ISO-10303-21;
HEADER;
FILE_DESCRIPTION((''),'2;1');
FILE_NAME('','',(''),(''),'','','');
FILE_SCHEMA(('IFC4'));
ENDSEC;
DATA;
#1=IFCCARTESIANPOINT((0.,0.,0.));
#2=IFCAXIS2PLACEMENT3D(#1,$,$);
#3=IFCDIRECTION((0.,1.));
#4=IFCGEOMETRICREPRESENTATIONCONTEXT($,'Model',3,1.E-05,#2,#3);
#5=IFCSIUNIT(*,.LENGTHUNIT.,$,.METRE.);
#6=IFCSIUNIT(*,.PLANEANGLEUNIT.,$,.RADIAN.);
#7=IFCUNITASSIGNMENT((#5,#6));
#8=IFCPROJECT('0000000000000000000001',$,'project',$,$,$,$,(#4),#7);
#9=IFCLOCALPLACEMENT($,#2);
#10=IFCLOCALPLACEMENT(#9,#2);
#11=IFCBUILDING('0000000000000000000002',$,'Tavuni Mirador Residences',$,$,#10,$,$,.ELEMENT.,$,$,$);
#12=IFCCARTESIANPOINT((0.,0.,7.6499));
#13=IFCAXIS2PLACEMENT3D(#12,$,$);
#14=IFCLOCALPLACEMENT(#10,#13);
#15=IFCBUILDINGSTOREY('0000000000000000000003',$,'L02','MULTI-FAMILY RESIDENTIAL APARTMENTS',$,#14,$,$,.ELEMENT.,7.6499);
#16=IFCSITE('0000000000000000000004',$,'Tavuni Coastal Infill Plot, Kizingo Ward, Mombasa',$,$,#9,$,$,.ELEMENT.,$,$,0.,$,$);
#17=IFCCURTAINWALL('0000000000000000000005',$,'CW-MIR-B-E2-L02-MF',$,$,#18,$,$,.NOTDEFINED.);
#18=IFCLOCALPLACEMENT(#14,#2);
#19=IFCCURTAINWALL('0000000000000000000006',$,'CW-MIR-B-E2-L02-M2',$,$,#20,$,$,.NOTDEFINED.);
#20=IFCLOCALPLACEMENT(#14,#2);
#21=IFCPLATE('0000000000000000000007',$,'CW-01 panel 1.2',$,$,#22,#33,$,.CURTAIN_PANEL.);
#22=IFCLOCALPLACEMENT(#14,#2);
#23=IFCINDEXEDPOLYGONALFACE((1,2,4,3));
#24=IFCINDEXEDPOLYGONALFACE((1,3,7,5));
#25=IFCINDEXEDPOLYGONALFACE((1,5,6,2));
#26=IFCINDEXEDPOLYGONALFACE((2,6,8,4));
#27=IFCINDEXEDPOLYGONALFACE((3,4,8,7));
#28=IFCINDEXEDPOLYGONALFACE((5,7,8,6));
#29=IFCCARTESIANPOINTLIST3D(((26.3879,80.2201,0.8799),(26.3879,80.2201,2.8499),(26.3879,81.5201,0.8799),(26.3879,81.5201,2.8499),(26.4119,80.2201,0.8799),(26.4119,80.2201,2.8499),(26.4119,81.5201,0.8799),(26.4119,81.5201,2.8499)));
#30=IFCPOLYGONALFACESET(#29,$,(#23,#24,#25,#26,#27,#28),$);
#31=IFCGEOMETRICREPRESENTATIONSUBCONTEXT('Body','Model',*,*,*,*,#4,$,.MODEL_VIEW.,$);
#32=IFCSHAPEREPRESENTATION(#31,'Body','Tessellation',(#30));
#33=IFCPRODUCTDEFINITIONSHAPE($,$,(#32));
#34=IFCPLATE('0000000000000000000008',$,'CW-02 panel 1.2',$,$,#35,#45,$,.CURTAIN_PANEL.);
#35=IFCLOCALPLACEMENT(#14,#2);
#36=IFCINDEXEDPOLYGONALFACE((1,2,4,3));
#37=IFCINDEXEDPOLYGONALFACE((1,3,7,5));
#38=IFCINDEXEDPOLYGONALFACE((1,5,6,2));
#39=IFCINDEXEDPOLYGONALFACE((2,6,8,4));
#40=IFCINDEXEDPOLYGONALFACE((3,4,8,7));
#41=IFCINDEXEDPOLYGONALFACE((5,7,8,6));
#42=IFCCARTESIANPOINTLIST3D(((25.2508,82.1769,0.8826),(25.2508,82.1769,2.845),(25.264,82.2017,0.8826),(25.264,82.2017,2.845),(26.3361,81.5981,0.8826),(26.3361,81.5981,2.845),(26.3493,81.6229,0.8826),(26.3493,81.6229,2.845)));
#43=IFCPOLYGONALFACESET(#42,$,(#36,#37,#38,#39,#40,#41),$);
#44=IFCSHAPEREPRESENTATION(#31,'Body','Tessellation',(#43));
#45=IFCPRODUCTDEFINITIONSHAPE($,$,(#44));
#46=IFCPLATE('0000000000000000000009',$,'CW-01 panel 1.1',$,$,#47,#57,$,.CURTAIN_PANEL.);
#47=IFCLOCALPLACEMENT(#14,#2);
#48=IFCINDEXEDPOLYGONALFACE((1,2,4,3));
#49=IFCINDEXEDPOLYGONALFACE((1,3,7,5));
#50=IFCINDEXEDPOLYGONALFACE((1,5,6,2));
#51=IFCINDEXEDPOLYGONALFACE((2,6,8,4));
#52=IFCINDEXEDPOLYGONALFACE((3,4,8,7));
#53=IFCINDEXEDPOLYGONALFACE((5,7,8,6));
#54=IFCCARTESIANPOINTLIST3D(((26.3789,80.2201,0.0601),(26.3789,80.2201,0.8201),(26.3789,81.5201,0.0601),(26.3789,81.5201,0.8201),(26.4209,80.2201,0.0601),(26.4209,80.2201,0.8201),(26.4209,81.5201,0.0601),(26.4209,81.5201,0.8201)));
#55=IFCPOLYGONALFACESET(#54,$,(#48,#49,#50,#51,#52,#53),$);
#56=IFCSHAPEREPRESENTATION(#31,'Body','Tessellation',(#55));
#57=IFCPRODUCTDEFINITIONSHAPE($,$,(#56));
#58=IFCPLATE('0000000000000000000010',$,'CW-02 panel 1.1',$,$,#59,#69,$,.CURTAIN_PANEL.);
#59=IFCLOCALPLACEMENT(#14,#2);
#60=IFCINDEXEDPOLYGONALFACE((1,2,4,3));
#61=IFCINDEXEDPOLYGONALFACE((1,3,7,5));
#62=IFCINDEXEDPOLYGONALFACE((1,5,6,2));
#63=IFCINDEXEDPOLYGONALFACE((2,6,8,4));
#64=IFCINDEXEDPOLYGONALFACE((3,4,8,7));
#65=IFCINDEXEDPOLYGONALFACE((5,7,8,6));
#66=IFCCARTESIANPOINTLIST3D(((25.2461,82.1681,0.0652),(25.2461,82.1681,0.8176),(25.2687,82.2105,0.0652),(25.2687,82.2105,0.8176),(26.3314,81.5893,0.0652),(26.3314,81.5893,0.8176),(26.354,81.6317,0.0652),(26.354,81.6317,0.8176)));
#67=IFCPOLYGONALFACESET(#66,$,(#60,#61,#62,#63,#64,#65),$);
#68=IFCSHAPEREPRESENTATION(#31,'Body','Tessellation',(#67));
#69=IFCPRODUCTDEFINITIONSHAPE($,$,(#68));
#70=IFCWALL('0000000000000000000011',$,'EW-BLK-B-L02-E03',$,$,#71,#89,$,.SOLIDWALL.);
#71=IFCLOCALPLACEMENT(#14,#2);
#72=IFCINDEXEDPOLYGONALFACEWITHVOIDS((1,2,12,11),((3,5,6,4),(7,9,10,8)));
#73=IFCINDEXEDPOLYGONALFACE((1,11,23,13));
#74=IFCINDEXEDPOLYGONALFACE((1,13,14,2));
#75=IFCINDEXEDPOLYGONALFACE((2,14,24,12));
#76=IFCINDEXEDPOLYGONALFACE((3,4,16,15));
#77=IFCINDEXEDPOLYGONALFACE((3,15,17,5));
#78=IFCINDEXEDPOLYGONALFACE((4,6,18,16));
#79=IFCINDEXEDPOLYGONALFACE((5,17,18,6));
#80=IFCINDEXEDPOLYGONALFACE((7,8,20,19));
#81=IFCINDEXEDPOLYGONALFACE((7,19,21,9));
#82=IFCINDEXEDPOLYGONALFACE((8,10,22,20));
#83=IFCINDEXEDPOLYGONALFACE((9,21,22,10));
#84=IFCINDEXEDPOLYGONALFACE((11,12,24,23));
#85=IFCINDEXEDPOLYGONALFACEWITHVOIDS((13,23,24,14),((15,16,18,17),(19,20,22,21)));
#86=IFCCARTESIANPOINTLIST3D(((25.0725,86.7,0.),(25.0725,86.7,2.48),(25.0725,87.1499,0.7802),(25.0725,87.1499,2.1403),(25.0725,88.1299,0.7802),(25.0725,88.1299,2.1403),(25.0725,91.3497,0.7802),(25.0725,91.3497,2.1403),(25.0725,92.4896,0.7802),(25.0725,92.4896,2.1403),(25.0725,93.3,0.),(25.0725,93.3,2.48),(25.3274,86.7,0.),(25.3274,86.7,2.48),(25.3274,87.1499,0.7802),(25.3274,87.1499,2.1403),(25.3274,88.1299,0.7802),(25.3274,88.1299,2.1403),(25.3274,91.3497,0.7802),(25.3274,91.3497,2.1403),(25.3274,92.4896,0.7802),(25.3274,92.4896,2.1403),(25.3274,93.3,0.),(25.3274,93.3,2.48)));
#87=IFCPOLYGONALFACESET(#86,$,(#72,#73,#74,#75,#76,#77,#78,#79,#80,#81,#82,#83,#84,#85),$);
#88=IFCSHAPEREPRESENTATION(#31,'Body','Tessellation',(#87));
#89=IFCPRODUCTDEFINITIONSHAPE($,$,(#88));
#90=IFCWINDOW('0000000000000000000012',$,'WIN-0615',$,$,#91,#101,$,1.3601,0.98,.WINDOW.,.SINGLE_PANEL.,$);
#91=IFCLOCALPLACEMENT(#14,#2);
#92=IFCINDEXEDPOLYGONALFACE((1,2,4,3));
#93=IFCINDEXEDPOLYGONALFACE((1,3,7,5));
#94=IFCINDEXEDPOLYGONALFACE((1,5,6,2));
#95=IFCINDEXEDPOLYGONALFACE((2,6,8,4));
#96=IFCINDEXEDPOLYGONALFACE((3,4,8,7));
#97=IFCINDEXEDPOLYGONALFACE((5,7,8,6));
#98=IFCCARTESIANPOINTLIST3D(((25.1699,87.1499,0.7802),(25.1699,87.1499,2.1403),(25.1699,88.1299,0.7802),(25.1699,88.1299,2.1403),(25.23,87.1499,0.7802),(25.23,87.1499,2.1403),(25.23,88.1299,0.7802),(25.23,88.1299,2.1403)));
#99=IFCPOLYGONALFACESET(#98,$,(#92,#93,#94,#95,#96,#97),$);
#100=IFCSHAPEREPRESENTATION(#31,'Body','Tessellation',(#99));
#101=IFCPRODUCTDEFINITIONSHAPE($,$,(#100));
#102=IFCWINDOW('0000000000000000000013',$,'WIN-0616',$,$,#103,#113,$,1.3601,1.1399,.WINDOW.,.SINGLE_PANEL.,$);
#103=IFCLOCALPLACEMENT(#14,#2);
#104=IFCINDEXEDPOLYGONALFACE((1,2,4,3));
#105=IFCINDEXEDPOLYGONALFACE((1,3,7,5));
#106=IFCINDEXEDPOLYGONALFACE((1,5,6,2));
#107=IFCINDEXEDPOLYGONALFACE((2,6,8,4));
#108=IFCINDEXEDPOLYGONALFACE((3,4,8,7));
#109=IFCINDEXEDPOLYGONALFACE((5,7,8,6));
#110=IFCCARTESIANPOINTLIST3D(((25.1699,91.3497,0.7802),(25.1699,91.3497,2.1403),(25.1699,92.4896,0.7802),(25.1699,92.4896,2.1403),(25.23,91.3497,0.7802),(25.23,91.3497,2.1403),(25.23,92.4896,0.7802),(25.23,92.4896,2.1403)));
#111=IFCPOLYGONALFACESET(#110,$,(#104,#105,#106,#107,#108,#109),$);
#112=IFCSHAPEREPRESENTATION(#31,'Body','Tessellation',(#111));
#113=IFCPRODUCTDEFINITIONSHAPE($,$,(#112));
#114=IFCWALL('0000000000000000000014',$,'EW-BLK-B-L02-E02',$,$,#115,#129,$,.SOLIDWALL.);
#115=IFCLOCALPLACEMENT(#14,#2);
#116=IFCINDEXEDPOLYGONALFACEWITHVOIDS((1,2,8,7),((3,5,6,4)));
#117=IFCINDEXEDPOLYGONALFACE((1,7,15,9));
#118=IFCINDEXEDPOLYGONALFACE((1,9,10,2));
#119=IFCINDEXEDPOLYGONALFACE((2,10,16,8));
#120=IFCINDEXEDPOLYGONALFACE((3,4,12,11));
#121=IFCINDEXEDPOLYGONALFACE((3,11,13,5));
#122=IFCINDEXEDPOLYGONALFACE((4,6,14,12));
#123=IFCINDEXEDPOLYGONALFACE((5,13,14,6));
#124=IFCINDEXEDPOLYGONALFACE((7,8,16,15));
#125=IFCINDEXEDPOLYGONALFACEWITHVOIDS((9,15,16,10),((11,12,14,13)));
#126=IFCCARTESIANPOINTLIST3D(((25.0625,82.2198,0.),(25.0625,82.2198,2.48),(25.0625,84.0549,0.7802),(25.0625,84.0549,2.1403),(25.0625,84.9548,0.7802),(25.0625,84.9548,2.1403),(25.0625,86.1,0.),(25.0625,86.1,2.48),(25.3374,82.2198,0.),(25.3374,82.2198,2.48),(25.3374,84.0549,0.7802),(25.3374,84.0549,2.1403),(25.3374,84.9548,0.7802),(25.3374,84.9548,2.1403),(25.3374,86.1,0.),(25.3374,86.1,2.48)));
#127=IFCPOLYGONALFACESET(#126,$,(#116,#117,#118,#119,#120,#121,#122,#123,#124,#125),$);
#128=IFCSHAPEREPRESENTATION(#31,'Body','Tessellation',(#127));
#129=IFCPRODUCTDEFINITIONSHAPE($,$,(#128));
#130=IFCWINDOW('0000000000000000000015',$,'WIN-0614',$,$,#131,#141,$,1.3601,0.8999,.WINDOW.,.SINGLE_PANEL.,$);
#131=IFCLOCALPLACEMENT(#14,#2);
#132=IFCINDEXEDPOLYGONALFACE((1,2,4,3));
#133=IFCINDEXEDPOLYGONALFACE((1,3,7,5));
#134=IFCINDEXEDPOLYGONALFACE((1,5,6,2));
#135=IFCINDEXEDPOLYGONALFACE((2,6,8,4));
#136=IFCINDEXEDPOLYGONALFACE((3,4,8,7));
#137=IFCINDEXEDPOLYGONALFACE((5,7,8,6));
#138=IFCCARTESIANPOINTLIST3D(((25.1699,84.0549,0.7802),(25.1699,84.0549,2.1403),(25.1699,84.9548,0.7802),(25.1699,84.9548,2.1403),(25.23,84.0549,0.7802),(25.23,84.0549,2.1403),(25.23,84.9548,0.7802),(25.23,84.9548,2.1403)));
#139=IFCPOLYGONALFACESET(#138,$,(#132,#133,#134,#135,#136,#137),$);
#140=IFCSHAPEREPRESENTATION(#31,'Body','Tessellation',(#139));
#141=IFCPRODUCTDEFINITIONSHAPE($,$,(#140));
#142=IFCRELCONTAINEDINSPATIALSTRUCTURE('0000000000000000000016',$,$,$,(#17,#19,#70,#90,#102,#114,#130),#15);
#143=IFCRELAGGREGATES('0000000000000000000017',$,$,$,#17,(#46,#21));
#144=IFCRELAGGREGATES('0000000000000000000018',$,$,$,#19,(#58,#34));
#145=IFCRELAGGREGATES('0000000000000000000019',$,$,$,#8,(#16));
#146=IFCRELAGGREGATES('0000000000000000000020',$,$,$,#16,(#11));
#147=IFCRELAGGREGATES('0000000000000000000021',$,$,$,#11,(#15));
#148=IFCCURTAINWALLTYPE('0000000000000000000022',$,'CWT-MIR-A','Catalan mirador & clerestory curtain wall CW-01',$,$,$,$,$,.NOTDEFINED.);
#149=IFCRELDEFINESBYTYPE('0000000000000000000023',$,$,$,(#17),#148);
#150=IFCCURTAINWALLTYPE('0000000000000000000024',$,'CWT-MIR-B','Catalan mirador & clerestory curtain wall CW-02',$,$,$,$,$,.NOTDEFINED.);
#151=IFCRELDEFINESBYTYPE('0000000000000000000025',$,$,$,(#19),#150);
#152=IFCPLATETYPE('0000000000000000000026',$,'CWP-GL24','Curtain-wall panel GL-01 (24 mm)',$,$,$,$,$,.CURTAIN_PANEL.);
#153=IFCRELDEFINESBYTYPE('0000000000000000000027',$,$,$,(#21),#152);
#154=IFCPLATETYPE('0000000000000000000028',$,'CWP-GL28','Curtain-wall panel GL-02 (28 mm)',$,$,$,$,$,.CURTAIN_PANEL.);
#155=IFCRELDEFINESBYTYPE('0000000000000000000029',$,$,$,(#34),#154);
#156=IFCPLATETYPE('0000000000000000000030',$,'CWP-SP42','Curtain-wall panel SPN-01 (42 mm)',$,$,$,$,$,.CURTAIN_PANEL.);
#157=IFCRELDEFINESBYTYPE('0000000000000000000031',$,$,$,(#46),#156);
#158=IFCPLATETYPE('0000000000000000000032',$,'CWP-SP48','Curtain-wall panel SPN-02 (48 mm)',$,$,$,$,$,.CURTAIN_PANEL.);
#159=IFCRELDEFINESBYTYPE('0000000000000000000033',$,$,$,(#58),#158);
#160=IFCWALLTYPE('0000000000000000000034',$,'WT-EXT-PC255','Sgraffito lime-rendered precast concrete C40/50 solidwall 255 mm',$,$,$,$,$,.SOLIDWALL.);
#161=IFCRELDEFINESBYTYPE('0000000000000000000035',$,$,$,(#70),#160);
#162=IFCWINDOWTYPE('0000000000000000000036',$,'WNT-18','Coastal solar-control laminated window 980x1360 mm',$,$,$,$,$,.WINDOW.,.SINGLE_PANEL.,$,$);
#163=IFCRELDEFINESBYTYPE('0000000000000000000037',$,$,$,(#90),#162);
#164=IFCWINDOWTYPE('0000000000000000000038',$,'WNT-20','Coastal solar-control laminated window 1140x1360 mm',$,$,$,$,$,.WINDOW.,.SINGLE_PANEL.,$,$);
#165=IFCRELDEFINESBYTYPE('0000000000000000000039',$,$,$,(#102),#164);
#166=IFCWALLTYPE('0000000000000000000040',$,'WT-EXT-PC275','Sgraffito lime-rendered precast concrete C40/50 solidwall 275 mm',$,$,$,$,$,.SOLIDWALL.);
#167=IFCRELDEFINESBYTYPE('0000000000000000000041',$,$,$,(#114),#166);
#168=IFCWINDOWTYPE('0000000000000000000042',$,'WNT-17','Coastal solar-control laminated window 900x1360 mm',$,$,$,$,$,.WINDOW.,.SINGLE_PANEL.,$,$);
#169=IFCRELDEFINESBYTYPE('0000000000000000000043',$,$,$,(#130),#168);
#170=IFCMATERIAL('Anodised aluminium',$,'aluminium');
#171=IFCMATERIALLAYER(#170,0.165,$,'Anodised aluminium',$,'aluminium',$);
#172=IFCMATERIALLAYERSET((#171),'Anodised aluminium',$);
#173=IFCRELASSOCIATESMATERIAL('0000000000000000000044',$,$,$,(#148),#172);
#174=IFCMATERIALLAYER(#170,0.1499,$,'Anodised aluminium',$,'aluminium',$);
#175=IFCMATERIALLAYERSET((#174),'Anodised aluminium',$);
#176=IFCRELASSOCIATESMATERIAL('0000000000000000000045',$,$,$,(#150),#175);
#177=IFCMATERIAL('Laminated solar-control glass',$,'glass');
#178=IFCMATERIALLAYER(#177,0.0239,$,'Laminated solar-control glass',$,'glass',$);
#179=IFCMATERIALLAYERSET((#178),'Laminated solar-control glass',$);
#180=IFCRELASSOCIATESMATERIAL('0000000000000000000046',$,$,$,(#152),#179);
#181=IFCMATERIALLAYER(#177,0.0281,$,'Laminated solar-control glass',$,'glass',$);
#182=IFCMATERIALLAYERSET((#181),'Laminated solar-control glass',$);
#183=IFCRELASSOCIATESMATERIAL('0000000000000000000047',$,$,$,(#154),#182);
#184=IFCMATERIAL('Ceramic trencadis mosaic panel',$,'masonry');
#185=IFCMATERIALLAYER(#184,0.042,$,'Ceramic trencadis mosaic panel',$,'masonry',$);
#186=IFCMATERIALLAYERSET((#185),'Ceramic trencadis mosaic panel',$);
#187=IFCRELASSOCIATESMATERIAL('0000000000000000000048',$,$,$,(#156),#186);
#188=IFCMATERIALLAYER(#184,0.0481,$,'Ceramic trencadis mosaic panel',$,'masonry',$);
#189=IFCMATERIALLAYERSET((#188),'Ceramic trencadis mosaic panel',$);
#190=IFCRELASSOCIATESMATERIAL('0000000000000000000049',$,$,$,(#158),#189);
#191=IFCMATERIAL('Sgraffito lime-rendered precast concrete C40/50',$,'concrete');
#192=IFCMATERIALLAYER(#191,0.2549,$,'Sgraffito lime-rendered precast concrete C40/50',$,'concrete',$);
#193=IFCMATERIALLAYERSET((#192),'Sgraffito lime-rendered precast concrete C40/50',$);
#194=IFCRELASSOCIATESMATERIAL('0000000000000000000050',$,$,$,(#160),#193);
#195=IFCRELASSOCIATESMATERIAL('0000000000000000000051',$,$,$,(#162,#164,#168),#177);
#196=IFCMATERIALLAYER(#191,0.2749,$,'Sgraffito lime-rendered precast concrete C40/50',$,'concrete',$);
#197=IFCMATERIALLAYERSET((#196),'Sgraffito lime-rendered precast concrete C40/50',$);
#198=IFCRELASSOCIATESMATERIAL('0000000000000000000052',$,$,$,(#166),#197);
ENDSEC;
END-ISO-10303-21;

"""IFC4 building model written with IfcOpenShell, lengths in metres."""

from ifc_helpers import new_model, si_unit, direction, frame, frame_2d, origin, origin_2d, place, context, subcontext, project, spatial, rectangle, extrude, material, layer, layer_set, type_object, element, fill, aggregate, save


model = new_model("IFC4")

# Units and contexts
model_context = context("Model", 3, precision=1e-05, world=origin(), true_north=direction((0.0, 1.0)))
body_context = subcontext(model_context, "Body", "Model", "MODEL_VIEW")
ifc_project = project(units=[si_unit("LENGTHUNIT", "METRE"), si_unit("PLANEANGLEUNIT", "RADIAN")], contexts=[model_context])

# Site, building, storey
site_placement = place(None, origin())
site = spatial("IfcSite", under=ifc_project, at=site_placement, Name="Tavuni Coastal Infill Plot, Kizingo Ward, Mombasa", CompositionType="ELEMENT", RefElevation=0.0)
building_placement = place(site_placement, origin())
building = spatial("IfcBuilding", under=site, at=building_placement, Name="Tavuni Mirador Residences", CompositionType="ELEMENT")
storey_placement = place(building_placement, frame((0.0, 0.0, 7.6499)))
storey = spatial("IfcBuildingStorey", under=building, at=storey_placement, Name="L02", Description="MULTI-FAMILY RESIDENTIAL APARTMENTS", CompositionType="ELEMENT", Elevation=7.6499)

# Curtain wall
ifc_material_1 = material(Name="Anodised aluminium", Category="aluminium")
ifc_layer_1 = layer(ifc_material_1, 0.165, Name="Anodised aluminium", Category="aluminium")
ifc_layer_set_1 = layer_set([ifc_layer_1], Name="Anodised aluminium")
curtain_wall_type_1 = type_object("IfcCurtainWallType", Name="CWT-MIR-A", Description="Catalan mirador & clerestory curtain wall CW-01", PredefinedType="NOTDEFINED", material=ifc_layer_set_1)
curtain_wall_1_placement = place(storey_placement, origin())
curtain_wall_1 = element("IfcCurtainWall", 1, at=curtain_wall_1_placement, inside=storey, type_object=curtain_wall_type_1, Name="CW-MIR-B-E2-L02-MF", PredefinedType="NOTDEFINED")

# Curtain wall
ifc_layer_2 = layer(ifc_material_1, 0.1499, Name="Anodised aluminium", Category="aluminium")
ifc_layer_set_2 = layer_set([ifc_layer_2], Name="Anodised aluminium")
curtain_wall_type_2 = type_object("IfcCurtainWallType", Name="CWT-MIR-B", Description="Catalan mirador & clerestory curtain wall CW-02", PredefinedType="NOTDEFINED", material=ifc_layer_set_2)
curtain_wall_2_placement = place(storey_placement, origin())
curtain_wall_2 = element("IfcCurtainWall", 2, at=curtain_wall_2_placement, inside=storey, type_object=curtain_wall_type_2, Name="CW-MIR-B-E2-L02-M2", PredefinedType="NOTDEFINED")

# Plates
ifc_material_2 = material(Name="Laminated solar-control glass", Category="glass")
ifc_layer_3 = layer(ifc_material_2, 0.0239, Name="Laminated solar-control glass", Category="glass")
ifc_layer_set_3 = layer_set([ifc_layer_3], Name="Laminated solar-control glass")
plate_type_1 = type_object("IfcPlateType", Name="CWP-GL24", Description="Curtain-wall panel GL-01 (24 mm)", PredefinedType="CURTAIN_PANEL", material=ifc_layer_set_3)
plate_1_placement = place(storey_placement, frame((26.3999, 80.8701, 0.8799), z_axis=(0.0, 0.0, 1.0), x_axis=(0.0, 1.0, 0.0)))
plate_1 = element("IfcPlate", 3, at=plate_1_placement, type_object=plate_type_1, Name="CW-01 panel 1.2", PredefinedType="CURTAIN_PANEL", context=body_context, shape_type="SweptSolid", body=[
    extrude(rectangle(XDim=1.3, YDim=0.0239, at=origin_2d()), origin(), (0.0, 0.0, 1.0), 1.97),
])
ifc_layer_4 = layer(ifc_material_2, 0.0281, Name="Laminated solar-control glass", Category="glass")
ifc_layer_set_4 = layer_set([ifc_layer_4], Name="Laminated solar-control glass")
plate_type_2 = type_object("IfcPlateType", Name="CWP-GL28", Description="Curtain-wall panel GL-02 (28 mm)", PredefinedType="CURTAIN_PANEL", material=ifc_layer_set_4)
plate_2_placement = place(storey_placement, frame((25.8, 81.8999, 0.8826), z_axis=(0.0, 0.0, 1.0), x_axis=(-0.882353, 0.470588, 0.0)))
plate_2 = element("IfcPlate", 4, at=plate_2_placement, type_object=plate_type_2, Name="CW-02 panel 1.2", PredefinedType="CURTAIN_PANEL", context=body_context, shape_type="SweptSolid", body=[
    extrude(rectangle(XDim=1.23, YDim=0.0281, at=origin_2d()), origin(), (0.0, 0.0, 1.0), 1.9624),
])
ifc_material_3 = material(Name="Ceramic trencadis mosaic panel", Category="masonry")
ifc_layer_5 = layer(ifc_material_3, 0.042, Name="Ceramic trencadis mosaic panel", Category="masonry")
ifc_layer_set_5 = layer_set([ifc_layer_5], Name="Ceramic trencadis mosaic panel")
plate_type_3 = type_object("IfcPlateType", Name="CWP-SP42", Description="Curtain-wall panel SPN-01 (42 mm)", PredefinedType="CURTAIN_PANEL", material=ifc_layer_set_5)
plate_3_placement = place(storey_placement, frame((26.3999, 80.8701, 0.0601), z_axis=(0.0, 0.0, 1.0), x_axis=(0.0, 1.0, 0.0)))
plate_3 = element("IfcPlate", 5, at=plate_3_placement, type_object=plate_type_3, Name="CW-01 panel 1.1", PredefinedType="CURTAIN_PANEL", context=body_context, shape_type="SweptSolid", body=[
    extrude(rectangle(XDim=1.3, YDim=0.042, at=origin_2d()), origin(), (0.0, 0.0, 1.0), 0.76),
])
aggregate(curtain_wall_1, [plate_3, plate_1])
ifc_layer_6 = layer(ifc_material_3, 0.0481, Name="Ceramic trencadis mosaic panel", Category="masonry")
ifc_layer_set_6 = layer_set([ifc_layer_6], Name="Ceramic trencadis mosaic panel")
plate_type_4 = type_object("IfcPlateType", Name="CWP-SP48", Description="Curtain-wall panel SPN-02 (48 mm)", PredefinedType="CURTAIN_PANEL", material=ifc_layer_set_6)
plate_4_placement = place(storey_placement, frame((25.8, 81.8999, 0.0652), z_axis=(0.0, 0.0, 1.0), x_axis=(-0.882353, 0.470588, 0.0)))
plate_4 = element("IfcPlate", 6, at=plate_4_placement, type_object=plate_type_4, Name="CW-02 panel 1.1", PredefinedType="CURTAIN_PANEL", context=body_context, shape_type="SweptSolid", body=[
    extrude(rectangle(XDim=1.23, YDim=0.0481, at=origin_2d()), origin(), (0.0, 0.0, 1.0), 0.7524),
])
aggregate(curtain_wall_2, [plate_4, plate_2])

# Wall, openings, windows
ifc_material_4 = material(Name="Sgraffito lime-rendered precast concrete C40/50", Category="concrete")
ifc_layer_7 = layer(ifc_material_4, 0.2549, Name="Sgraffito lime-rendered precast concrete C40/50", Category="concrete")
ifc_layer_set_7 = layer_set([ifc_layer_7], Name="Sgraffito lime-rendered precast concrete C40/50")
wall_type_1 = type_object("IfcWallType", Name="WT-EXT-PC255", Description="Sgraffito lime-rendered precast concrete C40/50 solidwall 255 mm", PredefinedType="SOLIDWALL", material=ifc_layer_set_7)
wall_1_placement = place(storey_placement, frame((25.2, 86.7, 0.0), z_axis=(0.0, 0.0, 1.0), x_axis=(0.0, 1.0, 0.0)))
wall_1 = element("IfcWall", 7, at=wall_1_placement, inside=storey, type_object=wall_type_1, Name="EW-BLK-B-L02-E03", PredefinedType="SOLIDWALL", context=body_context, shape_type="SweptSolid", body=[
    extrude(rectangle(XDim=6.6001, YDim=0.2549, at=frame_2d((3.3, 0.0))), origin(), (0.0, 0.0, 1.0), 2.48),
])
opening_1_placement = place(wall_1_placement, frame((0.45, 0.0, 0.78)))
opening_1 = element("IfcOpeningElement", 8, at=opening_1_placement, cuts=wall_1, PredefinedType="OPENING", context=body_context, shape_type="SweptSolid", body=[
    extrude(rectangle(XDim=0.98, YDim=1.3601, at=frame_2d((0.49, 0.6802))), frame((0.0, 0.1375, 0.0), z_axis=(0.0, -1.0, 0.0), x_axis=(1.0, 0.0, 0.0)), (0.0, 0.0, 1.0), 0.2749),
])
opening_2_placement = place(wall_1_placement, frame((4.6499, 0.0, 0.78)))
opening_2 = element("IfcOpeningElement", 9, at=opening_2_placement, cuts=wall_1, PredefinedType="OPENING", context=body_context, shape_type="SweptSolid", body=[
    extrude(rectangle(XDim=1.1399, YDim=1.3601, at=frame_2d((0.5698, 0.6802))), frame((0.0, 0.1375, 0.0), z_axis=(0.0, -1.0, 0.0), x_axis=(1.0, 0.0, 0.0)), (0.0, 0.0, 1.0), 0.2749),
])
window_type_1 = type_object("IfcWindowType", Name="WNT-18", Description="Coastal solar-control laminated window 980x1360 mm", PartitioningType="SINGLE_PANEL", PredefinedType="WINDOW", material=ifc_material_2)
window_1_placement = place(opening_1_placement, origin())
window_1 = element("IfcWindow", 10, at=window_1_placement, inside=storey, type_object=window_type_1, Name="WIN-0615", OverallHeight=1.3601, OverallWidth=0.98, PartitioningType="SINGLE_PANEL", PredefinedType="WINDOW", context=body_context, shape_type="SweptSolid", body=[
    extrude(rectangle(XDim=0.98, YDim=1.3601, at=frame_2d((0.49, 0.6802))), frame((0.0, 0.03, 0.0), z_axis=(0.0, -1.0, 0.0), x_axis=(1.0, 0.0, 0.0)), (0.0, 0.0, 1.0), 0.0601),
])
fill(opening_1, window_1)
window_type_2 = type_object("IfcWindowType", Name="WNT-20", Description="Coastal solar-control laminated window 1140x1360 mm", PartitioningType="SINGLE_PANEL", PredefinedType="WINDOW", material=ifc_material_2)
window_2_placement = place(opening_2_placement, origin())
window_2 = element("IfcWindow", 11, at=window_2_placement, inside=storey, type_object=window_type_2, Name="WIN-0616", OverallHeight=1.3601, OverallWidth=1.1399, PartitioningType="SINGLE_PANEL", PredefinedType="WINDOW", context=body_context, shape_type="SweptSolid", body=[
    extrude(rectangle(XDim=1.1399, YDim=1.3601, at=frame_2d((0.5698, 0.6802))), frame((0.0, 0.03, 0.0), z_axis=(0.0, -1.0, 0.0), x_axis=(1.0, 0.0, 0.0)), (0.0, 0.0, 1.0), 0.0601),
])
fill(opening_2, window_2)

# Wall, opening, window
ifc_layer_8 = layer(ifc_material_4, 0.2749, Name="Sgraffito lime-rendered precast concrete C40/50", Category="concrete")
ifc_layer_set_8 = layer_set([ifc_layer_8], Name="Sgraffito lime-rendered precast concrete C40/50")
wall_type_2 = type_object("IfcWallType", Name="WT-EXT-PC275", Description="Sgraffito lime-rendered precast concrete C40/50 solidwall 275 mm", PredefinedType="SOLIDWALL", material=ifc_layer_set_8)
wall_2_placement = place(storey_placement, frame((25.2, 82.22, 0.0), z_axis=(0.0, 0.0, 1.0), x_axis=(0.0, 1.0, 0.0)))
wall_2 = element("IfcWall", 12, at=wall_2_placement, inside=storey, type_object=wall_type_2, Name="EW-BLK-B-L02-E02", PredefinedType="SOLIDWALL", context=body_context, shape_type="SweptSolid", body=[
    extrude(rectangle(XDim=3.8801, YDim=0.2749, at=frame_2d((1.9399, 0.0))), origin(), (0.0, 0.0, 1.0), 2.48),
])
opening_3_placement = place(wall_2_placement, frame((1.835, 0.0, 0.78)))
opening_3 = element("IfcOpeningElement", 13, at=opening_3_placement, cuts=wall_2, PredefinedType="OPENING", context=body_context, shape_type="SweptSolid", body=[
    extrude(rectangle(XDim=0.8999, YDim=1.3601, at=frame_2d((0.45, 0.6802))), frame((0.0, 0.1475, 0.0), z_axis=(0.0, -1.0, 0.0), x_axis=(1.0, 0.0, 0.0)), (0.0, 0.0, 1.0), 0.2949),
])
window_type_3 = type_object("IfcWindowType", Name="WNT-17", Description="Coastal solar-control laminated window 900x1360 mm", PartitioningType="SINGLE_PANEL", PredefinedType="WINDOW", material=ifc_material_2)
window_3_placement = place(opening_3_placement, origin())
window_3 = element("IfcWindow", 14, at=window_3_placement, inside=storey, type_object=window_type_3, Name="WIN-0614", OverallHeight=1.3601, OverallWidth=0.8999, PartitioningType="SINGLE_PANEL", PredefinedType="WINDOW", context=body_context, shape_type="SweptSolid", body=[
    extrude(rectangle(XDim=0.8999, YDim=1.3601, at=frame_2d((0.45, 0.6802))), frame((0.0, 0.03, 0.0), z_axis=(0.0, -1.0, 0.0), x_axis=(1.0, 0.0, 0.0)), (0.0, 0.0, 1.0), 0.0601),
])
fill(opening_3, window_3)

save(model, "model.ifc")
